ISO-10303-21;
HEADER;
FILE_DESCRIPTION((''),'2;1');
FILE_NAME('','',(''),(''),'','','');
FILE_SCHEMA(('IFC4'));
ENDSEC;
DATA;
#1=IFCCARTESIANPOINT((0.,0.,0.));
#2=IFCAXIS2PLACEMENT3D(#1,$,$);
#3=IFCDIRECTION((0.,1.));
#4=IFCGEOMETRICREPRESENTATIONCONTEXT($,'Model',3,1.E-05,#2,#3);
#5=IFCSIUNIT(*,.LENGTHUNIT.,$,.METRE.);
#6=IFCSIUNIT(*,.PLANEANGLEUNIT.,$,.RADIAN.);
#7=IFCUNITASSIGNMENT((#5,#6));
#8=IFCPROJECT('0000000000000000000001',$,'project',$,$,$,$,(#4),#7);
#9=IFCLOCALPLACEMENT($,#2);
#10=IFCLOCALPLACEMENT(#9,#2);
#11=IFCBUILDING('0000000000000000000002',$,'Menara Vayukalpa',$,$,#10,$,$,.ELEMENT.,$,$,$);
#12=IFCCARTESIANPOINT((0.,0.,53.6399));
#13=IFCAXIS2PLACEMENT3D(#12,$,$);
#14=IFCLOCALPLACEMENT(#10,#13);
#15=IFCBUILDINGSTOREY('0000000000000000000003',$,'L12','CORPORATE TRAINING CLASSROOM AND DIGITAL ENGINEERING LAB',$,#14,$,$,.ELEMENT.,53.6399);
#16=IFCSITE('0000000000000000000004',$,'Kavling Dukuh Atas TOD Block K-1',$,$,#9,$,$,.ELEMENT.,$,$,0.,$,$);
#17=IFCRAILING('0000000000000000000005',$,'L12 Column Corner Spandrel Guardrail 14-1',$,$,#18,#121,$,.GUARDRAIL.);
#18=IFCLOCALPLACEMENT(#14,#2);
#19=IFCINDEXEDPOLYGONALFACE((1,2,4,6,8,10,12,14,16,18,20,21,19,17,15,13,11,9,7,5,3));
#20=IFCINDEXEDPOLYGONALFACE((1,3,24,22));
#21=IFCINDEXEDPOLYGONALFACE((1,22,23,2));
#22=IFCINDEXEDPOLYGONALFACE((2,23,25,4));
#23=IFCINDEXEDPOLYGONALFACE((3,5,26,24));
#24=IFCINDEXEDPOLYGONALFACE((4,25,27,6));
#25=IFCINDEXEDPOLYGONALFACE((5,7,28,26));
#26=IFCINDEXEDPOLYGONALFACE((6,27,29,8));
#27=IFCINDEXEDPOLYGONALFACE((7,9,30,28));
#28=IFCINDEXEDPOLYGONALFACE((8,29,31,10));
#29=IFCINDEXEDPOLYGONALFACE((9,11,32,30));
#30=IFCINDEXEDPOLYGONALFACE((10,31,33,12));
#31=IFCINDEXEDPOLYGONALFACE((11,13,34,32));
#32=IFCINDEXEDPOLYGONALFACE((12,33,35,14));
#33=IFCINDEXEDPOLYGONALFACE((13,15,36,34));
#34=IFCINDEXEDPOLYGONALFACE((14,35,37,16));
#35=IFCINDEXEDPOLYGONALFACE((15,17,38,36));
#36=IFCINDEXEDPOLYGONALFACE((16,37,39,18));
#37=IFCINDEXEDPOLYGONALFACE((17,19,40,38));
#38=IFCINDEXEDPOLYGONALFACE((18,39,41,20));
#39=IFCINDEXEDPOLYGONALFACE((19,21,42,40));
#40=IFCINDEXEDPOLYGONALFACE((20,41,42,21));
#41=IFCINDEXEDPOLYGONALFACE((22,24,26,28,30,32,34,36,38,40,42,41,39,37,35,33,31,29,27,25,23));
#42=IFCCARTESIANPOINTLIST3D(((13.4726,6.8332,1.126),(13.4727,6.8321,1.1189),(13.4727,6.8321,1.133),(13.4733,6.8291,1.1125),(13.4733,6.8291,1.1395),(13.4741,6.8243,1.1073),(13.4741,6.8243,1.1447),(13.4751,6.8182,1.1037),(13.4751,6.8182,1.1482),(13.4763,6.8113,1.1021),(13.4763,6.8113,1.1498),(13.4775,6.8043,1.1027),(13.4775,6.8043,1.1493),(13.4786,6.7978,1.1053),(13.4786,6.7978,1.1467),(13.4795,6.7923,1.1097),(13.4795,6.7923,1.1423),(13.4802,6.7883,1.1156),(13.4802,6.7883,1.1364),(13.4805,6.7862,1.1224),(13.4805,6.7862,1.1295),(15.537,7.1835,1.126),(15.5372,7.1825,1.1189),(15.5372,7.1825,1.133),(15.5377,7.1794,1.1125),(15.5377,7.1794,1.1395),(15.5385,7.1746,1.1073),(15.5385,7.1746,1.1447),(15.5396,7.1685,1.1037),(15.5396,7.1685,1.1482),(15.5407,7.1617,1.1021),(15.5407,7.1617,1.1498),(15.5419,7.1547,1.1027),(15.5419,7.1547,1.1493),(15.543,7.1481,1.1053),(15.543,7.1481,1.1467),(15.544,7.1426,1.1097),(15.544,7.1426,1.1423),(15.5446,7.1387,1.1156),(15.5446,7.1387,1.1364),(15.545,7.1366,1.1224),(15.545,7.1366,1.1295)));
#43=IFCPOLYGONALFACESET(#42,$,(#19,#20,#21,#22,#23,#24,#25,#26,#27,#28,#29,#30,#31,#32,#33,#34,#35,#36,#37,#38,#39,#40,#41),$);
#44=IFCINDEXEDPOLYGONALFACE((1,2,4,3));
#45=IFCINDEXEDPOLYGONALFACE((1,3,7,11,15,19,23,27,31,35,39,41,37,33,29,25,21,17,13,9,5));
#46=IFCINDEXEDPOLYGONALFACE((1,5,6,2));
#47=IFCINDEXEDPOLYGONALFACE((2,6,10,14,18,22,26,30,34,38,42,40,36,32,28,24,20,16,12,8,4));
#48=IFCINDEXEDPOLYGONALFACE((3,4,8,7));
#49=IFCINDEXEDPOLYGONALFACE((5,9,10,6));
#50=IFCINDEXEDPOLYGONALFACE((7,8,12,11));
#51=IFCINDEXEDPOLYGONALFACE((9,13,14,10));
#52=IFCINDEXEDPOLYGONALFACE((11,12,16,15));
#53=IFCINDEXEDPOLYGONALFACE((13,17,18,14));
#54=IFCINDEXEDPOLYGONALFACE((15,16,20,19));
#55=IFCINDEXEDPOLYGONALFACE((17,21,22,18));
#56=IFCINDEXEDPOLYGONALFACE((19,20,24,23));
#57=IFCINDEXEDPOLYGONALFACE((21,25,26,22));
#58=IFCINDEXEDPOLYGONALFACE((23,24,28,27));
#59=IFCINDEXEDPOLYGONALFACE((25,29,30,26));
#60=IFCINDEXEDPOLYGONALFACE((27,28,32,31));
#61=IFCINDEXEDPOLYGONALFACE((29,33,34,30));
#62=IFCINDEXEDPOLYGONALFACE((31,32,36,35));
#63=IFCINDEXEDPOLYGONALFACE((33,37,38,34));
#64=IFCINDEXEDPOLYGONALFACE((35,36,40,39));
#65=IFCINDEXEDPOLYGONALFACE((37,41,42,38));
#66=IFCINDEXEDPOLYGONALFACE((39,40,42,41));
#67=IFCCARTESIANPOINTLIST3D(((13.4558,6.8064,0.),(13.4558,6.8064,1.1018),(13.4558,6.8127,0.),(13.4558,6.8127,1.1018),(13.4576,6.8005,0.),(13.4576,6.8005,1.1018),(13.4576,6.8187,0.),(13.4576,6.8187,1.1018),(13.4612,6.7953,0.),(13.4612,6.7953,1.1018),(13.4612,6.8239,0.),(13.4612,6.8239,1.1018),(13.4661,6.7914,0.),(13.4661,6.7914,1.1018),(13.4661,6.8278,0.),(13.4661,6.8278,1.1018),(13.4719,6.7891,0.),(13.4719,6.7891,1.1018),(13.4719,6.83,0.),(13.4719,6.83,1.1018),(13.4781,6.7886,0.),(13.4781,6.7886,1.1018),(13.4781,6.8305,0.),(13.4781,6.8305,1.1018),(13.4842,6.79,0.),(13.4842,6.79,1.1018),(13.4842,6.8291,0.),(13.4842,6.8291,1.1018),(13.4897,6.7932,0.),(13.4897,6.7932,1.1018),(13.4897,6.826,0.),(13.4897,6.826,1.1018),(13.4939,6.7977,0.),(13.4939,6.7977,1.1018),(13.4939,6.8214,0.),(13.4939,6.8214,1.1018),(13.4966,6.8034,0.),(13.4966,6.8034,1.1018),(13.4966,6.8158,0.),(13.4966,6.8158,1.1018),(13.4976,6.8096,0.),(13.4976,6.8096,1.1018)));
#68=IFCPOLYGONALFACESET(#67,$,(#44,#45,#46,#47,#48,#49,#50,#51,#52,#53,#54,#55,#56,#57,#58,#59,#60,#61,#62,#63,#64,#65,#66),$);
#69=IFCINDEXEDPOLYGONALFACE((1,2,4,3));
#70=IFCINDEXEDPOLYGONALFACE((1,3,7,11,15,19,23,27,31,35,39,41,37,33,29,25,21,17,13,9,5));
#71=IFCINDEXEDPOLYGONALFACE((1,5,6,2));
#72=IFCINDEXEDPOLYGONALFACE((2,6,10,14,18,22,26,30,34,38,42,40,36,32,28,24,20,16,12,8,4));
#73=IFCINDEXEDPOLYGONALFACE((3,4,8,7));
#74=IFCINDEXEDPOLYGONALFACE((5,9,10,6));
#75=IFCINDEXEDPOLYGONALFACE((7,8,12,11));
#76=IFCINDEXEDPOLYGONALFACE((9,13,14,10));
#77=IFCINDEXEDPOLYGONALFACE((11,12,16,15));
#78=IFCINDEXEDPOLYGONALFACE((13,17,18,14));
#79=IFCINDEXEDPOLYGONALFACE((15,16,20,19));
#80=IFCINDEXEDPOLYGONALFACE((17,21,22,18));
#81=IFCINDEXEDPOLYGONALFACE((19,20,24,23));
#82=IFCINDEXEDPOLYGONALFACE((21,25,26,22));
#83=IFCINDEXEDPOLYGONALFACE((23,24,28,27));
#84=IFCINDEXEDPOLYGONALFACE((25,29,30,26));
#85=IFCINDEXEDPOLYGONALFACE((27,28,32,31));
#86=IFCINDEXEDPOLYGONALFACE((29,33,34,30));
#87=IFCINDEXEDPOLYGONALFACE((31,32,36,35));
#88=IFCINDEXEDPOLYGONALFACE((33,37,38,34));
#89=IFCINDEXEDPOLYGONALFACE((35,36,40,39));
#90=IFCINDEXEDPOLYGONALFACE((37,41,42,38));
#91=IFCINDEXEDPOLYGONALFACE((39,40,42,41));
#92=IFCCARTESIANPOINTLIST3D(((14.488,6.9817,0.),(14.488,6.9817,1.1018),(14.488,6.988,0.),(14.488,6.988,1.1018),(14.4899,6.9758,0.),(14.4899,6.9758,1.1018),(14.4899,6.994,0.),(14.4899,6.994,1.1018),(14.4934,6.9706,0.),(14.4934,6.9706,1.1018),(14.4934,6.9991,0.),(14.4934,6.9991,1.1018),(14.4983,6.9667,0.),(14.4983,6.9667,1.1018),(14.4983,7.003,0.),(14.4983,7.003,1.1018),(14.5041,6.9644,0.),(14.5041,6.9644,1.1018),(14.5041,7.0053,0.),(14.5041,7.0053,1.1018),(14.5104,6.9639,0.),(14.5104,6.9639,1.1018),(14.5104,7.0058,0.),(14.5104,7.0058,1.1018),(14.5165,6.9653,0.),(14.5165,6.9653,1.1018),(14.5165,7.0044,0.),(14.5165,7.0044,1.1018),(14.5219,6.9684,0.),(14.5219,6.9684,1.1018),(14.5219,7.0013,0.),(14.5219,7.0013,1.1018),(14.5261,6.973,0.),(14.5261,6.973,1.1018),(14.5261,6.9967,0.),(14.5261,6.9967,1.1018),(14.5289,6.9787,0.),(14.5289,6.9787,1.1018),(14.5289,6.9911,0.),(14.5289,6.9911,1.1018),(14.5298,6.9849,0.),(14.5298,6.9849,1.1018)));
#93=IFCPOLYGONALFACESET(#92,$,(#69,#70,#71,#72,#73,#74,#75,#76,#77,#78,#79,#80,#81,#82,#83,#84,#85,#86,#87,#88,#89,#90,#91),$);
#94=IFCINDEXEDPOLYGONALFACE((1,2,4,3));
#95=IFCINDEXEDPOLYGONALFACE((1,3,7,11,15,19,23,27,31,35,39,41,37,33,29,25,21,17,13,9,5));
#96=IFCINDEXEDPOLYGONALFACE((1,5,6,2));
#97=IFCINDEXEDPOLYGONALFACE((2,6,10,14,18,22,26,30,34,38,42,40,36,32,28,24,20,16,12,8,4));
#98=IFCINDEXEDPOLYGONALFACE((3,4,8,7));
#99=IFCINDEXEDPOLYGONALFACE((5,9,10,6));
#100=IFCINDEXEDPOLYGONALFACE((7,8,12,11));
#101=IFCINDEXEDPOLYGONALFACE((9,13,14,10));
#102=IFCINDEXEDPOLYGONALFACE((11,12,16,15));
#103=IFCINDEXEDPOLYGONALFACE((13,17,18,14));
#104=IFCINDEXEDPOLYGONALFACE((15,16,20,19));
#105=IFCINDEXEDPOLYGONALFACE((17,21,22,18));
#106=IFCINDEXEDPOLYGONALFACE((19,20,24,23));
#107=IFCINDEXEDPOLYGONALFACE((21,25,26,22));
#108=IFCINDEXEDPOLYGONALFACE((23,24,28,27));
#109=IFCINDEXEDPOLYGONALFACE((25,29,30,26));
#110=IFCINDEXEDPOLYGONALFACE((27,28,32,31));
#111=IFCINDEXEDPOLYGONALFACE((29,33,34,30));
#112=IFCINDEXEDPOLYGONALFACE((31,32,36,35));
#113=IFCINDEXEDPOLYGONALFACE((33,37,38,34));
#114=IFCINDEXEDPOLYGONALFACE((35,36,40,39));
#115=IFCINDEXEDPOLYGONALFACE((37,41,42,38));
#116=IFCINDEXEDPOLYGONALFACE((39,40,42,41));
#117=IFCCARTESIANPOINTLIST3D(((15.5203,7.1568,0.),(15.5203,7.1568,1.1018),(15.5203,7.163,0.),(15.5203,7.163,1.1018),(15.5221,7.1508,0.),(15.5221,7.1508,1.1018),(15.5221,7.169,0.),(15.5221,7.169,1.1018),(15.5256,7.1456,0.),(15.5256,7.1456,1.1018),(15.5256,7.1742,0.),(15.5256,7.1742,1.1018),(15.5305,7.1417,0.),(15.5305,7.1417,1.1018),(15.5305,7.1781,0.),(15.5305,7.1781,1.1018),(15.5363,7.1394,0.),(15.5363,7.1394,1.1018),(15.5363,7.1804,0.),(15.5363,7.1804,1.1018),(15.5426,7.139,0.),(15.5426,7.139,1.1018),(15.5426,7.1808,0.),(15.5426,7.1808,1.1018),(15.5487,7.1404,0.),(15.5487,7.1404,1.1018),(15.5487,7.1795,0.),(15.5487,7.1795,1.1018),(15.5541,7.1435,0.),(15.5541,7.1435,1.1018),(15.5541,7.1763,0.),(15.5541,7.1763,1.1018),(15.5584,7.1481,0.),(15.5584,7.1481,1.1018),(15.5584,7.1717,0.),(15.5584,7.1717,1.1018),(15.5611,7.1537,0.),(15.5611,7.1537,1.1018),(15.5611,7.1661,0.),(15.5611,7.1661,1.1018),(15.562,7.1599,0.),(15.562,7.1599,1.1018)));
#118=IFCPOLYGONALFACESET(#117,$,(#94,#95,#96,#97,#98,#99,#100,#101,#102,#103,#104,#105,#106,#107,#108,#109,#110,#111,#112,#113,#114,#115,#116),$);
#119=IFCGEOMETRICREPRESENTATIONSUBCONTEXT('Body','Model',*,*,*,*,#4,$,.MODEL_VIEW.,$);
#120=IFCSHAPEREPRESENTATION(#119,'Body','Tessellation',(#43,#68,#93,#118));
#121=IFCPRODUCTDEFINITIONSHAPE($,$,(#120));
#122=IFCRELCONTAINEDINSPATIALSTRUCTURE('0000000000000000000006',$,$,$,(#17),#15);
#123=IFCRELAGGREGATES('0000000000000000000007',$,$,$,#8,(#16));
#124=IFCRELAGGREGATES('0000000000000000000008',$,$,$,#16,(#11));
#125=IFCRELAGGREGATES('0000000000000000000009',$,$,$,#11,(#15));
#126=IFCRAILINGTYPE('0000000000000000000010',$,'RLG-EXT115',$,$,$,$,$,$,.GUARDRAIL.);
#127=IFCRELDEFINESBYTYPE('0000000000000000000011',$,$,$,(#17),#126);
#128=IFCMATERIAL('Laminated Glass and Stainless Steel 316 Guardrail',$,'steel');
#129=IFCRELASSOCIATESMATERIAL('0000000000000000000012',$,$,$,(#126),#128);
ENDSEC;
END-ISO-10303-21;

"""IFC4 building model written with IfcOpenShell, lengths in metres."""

from ifc_helpers import new_model, si_unit, direction, frame, origin, origin_2d, place, context, subcontext, project, spatial, circle, extrude, material, type_object, element, save


model = new_model("IFC4")

# Units and contexts
model_context = context("Model", 3, precision=1e-05, world=origin(), true_north=direction((0.0, 1.0)))
body_context = subcontext(model_context, "Body", "Model", "MODEL_VIEW")
ifc_project = project(units=[si_unit("LENGTHUNIT", "METRE"), si_unit("PLANEANGLEUNIT", "RADIAN")], contexts=[model_context])

# Site, building, storey
site_placement = place(None, origin())
site = spatial("IfcSite", under=ifc_project, at=site_placement, Name="Kavling Dukuh Atas TOD Block K-1", CompositionType="ELEMENT", RefElevation=0.0)
building_placement = place(site_placement, origin())
building = spatial("IfcBuilding", under=site, at=building_placement, Name="Menara Vayukalpa", CompositionType="ELEMENT")
storey_placement = place(building_placement, frame((0.0, 0.0, 53.6399)))
storey = spatial("IfcBuildingStorey", under=building, at=storey_placement, Name="L12", Description="CORPORATE TRAINING CLASSROOM AND DIGITAL ENGINEERING LAB", CompositionType="ELEMENT", Elevation=53.6399)

# Railing
ifc_material_1 = material(Name="Laminated Glass and Stainless Steel 316 Guardrail", Category="steel")
railing_type = type_object("IfcRailingType", Name="RLG-EXT115", PredefinedType="GUARDRAIL", material=ifc_material_1)
railing_1_placement = place(storey_placement, frame((13.4766, 6.8096, 0.0)))
element("IfcRailing", 1, at=railing_1_placement, inside=storey, type_object=railing_type, Name="L12 Column Corner Spandrel Guardrail 14-1", PredefinedType="GUARDRAIL", context=body_context, shape_type="SweptSolid", body=[
    extrude(circle(Radius=0.0239, at=origin_2d()), frame((0.0, 0.0, 1.126), z_axis=(0.985904, 0.16731, 0.0), x_axis=(-0.16731, 0.985904, 0.0)), (0.0, 0.0, 1.0), 2.094),
    extrude(circle(Radius=0.021, at=origin_2d()), origin(), (0.0, 0.0, 1.0), 1.1018),
    extrude(circle(Radius=0.021, at=origin_2d()), frame((1.0322, 0.1753, 0.0)), (0.0, 0.0, 1.0), 1.1018),
    extrude(circle(Radius=0.021, at=origin_2d()), frame((2.0645, 0.3503, 0.0)), (0.0, 0.0, 1.0), 1.1018),
])

save(model, "model.ifc")
